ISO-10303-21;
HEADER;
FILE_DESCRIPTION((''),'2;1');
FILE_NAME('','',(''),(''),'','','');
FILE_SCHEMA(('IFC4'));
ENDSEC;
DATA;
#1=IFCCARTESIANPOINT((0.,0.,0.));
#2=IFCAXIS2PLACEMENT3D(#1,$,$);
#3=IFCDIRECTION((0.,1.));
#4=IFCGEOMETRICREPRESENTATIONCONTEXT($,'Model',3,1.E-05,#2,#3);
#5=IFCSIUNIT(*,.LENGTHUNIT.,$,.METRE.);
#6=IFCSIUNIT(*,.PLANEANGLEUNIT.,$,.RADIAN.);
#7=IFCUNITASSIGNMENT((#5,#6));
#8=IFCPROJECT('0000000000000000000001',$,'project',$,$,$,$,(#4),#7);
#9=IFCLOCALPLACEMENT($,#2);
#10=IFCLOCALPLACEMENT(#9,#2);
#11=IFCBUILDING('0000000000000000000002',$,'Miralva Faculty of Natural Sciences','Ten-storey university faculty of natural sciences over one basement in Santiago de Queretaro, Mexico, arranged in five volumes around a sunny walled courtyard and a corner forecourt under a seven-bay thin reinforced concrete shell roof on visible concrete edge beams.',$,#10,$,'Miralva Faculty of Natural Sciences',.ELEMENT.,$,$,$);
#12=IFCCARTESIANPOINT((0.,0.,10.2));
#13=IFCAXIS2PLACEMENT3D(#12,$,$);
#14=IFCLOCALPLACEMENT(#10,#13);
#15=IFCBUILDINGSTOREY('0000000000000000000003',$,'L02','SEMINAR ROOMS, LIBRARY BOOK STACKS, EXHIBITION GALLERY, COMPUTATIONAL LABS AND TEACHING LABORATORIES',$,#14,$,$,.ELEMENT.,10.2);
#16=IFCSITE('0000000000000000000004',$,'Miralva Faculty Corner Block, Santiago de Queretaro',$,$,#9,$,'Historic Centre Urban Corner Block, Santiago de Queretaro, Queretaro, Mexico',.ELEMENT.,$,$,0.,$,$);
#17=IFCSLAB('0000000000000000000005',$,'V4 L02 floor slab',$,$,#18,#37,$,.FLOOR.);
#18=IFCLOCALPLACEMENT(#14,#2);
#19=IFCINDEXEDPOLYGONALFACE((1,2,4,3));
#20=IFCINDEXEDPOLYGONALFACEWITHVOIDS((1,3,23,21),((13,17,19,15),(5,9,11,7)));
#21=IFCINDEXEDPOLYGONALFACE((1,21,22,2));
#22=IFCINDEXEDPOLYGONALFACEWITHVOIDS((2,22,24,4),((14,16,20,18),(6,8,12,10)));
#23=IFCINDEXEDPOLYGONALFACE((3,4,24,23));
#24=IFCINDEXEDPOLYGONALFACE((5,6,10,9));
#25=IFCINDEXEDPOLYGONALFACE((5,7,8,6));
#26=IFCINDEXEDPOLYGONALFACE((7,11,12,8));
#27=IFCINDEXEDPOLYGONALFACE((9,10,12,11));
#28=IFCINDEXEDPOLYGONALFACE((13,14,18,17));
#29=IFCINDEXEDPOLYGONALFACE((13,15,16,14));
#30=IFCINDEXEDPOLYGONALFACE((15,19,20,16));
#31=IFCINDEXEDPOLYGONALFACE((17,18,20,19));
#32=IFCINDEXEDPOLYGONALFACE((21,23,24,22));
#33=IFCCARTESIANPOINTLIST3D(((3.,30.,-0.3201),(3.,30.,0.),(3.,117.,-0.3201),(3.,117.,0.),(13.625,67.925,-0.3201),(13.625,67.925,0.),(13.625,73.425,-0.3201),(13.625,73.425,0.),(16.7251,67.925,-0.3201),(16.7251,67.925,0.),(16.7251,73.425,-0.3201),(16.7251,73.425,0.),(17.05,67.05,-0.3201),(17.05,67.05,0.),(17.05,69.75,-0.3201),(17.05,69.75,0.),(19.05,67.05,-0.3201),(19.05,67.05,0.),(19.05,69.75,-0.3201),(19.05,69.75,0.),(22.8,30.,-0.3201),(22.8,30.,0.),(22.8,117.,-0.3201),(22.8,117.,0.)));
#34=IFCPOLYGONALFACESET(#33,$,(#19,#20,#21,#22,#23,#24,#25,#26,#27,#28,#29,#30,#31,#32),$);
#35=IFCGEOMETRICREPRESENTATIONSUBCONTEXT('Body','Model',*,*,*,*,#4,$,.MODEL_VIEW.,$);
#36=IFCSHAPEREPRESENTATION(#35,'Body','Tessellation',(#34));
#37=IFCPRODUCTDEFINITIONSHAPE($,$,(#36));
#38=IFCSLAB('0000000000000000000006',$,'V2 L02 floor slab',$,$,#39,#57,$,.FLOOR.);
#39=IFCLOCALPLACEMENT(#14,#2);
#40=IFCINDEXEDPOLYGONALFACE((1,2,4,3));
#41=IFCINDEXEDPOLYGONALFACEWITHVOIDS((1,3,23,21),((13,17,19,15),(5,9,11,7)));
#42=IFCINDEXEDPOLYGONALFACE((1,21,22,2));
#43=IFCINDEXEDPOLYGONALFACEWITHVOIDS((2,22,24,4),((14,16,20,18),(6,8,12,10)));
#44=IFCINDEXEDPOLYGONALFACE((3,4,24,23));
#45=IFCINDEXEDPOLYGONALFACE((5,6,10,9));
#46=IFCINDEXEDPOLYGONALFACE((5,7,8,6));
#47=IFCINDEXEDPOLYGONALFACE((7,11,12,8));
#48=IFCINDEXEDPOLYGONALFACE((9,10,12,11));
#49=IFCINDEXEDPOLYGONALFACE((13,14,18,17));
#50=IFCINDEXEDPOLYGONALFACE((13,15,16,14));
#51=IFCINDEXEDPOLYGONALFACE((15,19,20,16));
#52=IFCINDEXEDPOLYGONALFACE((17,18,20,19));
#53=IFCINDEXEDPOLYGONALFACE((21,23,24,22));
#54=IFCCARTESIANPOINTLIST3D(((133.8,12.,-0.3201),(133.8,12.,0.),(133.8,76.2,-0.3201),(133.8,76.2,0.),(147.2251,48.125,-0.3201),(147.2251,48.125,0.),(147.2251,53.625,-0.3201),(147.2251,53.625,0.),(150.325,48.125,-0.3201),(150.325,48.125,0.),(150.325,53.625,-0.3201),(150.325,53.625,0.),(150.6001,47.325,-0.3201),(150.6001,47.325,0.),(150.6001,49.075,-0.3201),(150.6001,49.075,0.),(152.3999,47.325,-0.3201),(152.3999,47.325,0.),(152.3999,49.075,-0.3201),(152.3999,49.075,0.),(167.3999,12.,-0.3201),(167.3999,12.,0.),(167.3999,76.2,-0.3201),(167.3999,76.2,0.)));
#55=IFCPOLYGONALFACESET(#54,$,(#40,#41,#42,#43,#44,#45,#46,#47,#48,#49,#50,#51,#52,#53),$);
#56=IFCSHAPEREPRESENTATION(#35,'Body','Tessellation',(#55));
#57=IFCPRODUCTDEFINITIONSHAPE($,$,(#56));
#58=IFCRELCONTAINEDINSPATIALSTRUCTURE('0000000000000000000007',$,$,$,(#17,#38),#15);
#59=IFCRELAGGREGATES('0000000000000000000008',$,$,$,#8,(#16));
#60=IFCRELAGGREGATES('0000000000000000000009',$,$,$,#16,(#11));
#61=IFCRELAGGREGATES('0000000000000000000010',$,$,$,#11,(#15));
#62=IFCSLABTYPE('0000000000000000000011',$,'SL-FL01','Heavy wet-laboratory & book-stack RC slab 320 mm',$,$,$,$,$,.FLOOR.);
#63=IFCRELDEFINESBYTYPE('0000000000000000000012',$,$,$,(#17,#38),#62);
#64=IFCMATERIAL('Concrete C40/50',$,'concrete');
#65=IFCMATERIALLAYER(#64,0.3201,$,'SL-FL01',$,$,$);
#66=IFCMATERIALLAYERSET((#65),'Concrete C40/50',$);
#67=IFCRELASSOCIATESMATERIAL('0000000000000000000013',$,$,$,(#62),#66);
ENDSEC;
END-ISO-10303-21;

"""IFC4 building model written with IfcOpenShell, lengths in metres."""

from ifc_helpers import new_model, si_unit, direction, frame, origin, place, context, subcontext, project, spatial, polyline, outline, extrude, material, layer, layer_set, type_object, element, save


model = new_model("IFC4")

# Units and contexts
model_context = context("Model", 3, precision=1e-05, world=origin(), true_north=direction((0.0, 1.0)))
body_context = subcontext(model_context, "Body", "Model", "MODEL_VIEW")
ifc_project = project(units=[si_unit("LENGTHUNIT", "METRE"), si_unit("PLANEANGLEUNIT", "RADIAN")], contexts=[model_context])

# Site, building, storey
site_placement = place(None, origin())
site = spatial("IfcSite", under=ifc_project, at=site_placement, Name="Miralva Faculty Corner Block, Santiago de Queretaro", LongName="Historic Centre Urban Corner Block, Santiago de Queretaro, Queretaro, Mexico", CompositionType="ELEMENT", RefElevation=0.0)
building_placement = place(site_placement, origin())
building = spatial("IfcBuilding", under=site, at=building_placement, Name="Miralva Faculty of Natural Sciences", Description="Ten-storey university faculty of natural sciences over one basement in Santiago de Queretaro, Mexico, arranged in five volumes around a sunny walled courtyard and a corner forecourt under a seven-bay thin reinforced concrete shell roof on visible concrete edge beams.", LongName="Miralva Faculty of Natural Sciences", CompositionType="ELEMENT")
storey_placement = place(building_placement, frame((0.0, 0.0, 10.2)))
storey = spatial("IfcBuildingStorey", under=building, at=storey_placement, Name="L02", Description="SEMINAR ROOMS, LIBRARY BOOK STACKS, EXHIBITION GALLERY, COMPUTATIONAL LABS AND TEACHING LABORATORIES", CompositionType="ELEMENT", Elevation=10.2)

# Slabs
ifc_material_1 = material(Name="Concrete C40/50", Category="concrete")
ifc_layer_1 = layer(ifc_material_1, 0.3201, Name="SL-FL01")
ifc_layer_set_1 = layer_set([ifc_layer_1], Name="Concrete C40/50")
slab_type_1 = type_object("IfcSlabType", Name="SL-FL01", Description="Heavy wet-laboratory & book-stack RC slab 320 mm", PredefinedType="FLOOR", material=ifc_layer_set_1)
slab_1_placement = place(storey_placement, frame((0.0, 0.0, -0.3201)))
element("IfcSlab", 1, at=slab_1_placement, inside=storey, type_object=slab_type_1, Name="V4 L02 floor slab", PredefinedType="FLOOR", context=body_context, shape_type="SweptSolid", body=[
    extrude(outline(polyline([(22.8, 30.0), (3.0, 30.0), (3.0, 117.0), (22.8, 117.0), (22.8, 30.0)]), holes=[polyline([(16.7251, 67.925), (13.625, 67.925), (13.625, 73.425), (16.7251, 73.425), (16.7251, 67.925)]), polyline([(19.05, 67.05), (17.05, 67.05), (17.05, 69.75), (19.05, 69.75), (19.05, 67.05)])]), origin(), (0.0, 0.0, 1.0), 0.3201),
])
slab_2_placement = place(storey_placement, frame((0.0, 0.0, -0.3201)))
element("IfcSlab", 2, at=slab_2_placement, inside=storey, type_object=slab_type_1, Name="V2 L02 floor slab", PredefinedType="FLOOR", context=body_context, shape_type="SweptSolid", body=[
    extrude(outline(polyline([(167.3999, 12.0), (133.8, 12.0), (133.8, 76.2), (167.3999, 76.2), (167.3999, 12.0)]), holes=[polyline([(150.325, 48.125), (147.2251, 48.125), (147.2251, 53.625), (150.325, 53.625), (150.325, 48.125)]), polyline([(152.3999, 47.325), (150.6001, 47.325), (150.6001, 49.075), (152.3999, 49.075), (152.3999, 47.325)])]), origin(), (0.0, 0.0, 1.0), 0.3201),
])

save(model, "model.ifc")
